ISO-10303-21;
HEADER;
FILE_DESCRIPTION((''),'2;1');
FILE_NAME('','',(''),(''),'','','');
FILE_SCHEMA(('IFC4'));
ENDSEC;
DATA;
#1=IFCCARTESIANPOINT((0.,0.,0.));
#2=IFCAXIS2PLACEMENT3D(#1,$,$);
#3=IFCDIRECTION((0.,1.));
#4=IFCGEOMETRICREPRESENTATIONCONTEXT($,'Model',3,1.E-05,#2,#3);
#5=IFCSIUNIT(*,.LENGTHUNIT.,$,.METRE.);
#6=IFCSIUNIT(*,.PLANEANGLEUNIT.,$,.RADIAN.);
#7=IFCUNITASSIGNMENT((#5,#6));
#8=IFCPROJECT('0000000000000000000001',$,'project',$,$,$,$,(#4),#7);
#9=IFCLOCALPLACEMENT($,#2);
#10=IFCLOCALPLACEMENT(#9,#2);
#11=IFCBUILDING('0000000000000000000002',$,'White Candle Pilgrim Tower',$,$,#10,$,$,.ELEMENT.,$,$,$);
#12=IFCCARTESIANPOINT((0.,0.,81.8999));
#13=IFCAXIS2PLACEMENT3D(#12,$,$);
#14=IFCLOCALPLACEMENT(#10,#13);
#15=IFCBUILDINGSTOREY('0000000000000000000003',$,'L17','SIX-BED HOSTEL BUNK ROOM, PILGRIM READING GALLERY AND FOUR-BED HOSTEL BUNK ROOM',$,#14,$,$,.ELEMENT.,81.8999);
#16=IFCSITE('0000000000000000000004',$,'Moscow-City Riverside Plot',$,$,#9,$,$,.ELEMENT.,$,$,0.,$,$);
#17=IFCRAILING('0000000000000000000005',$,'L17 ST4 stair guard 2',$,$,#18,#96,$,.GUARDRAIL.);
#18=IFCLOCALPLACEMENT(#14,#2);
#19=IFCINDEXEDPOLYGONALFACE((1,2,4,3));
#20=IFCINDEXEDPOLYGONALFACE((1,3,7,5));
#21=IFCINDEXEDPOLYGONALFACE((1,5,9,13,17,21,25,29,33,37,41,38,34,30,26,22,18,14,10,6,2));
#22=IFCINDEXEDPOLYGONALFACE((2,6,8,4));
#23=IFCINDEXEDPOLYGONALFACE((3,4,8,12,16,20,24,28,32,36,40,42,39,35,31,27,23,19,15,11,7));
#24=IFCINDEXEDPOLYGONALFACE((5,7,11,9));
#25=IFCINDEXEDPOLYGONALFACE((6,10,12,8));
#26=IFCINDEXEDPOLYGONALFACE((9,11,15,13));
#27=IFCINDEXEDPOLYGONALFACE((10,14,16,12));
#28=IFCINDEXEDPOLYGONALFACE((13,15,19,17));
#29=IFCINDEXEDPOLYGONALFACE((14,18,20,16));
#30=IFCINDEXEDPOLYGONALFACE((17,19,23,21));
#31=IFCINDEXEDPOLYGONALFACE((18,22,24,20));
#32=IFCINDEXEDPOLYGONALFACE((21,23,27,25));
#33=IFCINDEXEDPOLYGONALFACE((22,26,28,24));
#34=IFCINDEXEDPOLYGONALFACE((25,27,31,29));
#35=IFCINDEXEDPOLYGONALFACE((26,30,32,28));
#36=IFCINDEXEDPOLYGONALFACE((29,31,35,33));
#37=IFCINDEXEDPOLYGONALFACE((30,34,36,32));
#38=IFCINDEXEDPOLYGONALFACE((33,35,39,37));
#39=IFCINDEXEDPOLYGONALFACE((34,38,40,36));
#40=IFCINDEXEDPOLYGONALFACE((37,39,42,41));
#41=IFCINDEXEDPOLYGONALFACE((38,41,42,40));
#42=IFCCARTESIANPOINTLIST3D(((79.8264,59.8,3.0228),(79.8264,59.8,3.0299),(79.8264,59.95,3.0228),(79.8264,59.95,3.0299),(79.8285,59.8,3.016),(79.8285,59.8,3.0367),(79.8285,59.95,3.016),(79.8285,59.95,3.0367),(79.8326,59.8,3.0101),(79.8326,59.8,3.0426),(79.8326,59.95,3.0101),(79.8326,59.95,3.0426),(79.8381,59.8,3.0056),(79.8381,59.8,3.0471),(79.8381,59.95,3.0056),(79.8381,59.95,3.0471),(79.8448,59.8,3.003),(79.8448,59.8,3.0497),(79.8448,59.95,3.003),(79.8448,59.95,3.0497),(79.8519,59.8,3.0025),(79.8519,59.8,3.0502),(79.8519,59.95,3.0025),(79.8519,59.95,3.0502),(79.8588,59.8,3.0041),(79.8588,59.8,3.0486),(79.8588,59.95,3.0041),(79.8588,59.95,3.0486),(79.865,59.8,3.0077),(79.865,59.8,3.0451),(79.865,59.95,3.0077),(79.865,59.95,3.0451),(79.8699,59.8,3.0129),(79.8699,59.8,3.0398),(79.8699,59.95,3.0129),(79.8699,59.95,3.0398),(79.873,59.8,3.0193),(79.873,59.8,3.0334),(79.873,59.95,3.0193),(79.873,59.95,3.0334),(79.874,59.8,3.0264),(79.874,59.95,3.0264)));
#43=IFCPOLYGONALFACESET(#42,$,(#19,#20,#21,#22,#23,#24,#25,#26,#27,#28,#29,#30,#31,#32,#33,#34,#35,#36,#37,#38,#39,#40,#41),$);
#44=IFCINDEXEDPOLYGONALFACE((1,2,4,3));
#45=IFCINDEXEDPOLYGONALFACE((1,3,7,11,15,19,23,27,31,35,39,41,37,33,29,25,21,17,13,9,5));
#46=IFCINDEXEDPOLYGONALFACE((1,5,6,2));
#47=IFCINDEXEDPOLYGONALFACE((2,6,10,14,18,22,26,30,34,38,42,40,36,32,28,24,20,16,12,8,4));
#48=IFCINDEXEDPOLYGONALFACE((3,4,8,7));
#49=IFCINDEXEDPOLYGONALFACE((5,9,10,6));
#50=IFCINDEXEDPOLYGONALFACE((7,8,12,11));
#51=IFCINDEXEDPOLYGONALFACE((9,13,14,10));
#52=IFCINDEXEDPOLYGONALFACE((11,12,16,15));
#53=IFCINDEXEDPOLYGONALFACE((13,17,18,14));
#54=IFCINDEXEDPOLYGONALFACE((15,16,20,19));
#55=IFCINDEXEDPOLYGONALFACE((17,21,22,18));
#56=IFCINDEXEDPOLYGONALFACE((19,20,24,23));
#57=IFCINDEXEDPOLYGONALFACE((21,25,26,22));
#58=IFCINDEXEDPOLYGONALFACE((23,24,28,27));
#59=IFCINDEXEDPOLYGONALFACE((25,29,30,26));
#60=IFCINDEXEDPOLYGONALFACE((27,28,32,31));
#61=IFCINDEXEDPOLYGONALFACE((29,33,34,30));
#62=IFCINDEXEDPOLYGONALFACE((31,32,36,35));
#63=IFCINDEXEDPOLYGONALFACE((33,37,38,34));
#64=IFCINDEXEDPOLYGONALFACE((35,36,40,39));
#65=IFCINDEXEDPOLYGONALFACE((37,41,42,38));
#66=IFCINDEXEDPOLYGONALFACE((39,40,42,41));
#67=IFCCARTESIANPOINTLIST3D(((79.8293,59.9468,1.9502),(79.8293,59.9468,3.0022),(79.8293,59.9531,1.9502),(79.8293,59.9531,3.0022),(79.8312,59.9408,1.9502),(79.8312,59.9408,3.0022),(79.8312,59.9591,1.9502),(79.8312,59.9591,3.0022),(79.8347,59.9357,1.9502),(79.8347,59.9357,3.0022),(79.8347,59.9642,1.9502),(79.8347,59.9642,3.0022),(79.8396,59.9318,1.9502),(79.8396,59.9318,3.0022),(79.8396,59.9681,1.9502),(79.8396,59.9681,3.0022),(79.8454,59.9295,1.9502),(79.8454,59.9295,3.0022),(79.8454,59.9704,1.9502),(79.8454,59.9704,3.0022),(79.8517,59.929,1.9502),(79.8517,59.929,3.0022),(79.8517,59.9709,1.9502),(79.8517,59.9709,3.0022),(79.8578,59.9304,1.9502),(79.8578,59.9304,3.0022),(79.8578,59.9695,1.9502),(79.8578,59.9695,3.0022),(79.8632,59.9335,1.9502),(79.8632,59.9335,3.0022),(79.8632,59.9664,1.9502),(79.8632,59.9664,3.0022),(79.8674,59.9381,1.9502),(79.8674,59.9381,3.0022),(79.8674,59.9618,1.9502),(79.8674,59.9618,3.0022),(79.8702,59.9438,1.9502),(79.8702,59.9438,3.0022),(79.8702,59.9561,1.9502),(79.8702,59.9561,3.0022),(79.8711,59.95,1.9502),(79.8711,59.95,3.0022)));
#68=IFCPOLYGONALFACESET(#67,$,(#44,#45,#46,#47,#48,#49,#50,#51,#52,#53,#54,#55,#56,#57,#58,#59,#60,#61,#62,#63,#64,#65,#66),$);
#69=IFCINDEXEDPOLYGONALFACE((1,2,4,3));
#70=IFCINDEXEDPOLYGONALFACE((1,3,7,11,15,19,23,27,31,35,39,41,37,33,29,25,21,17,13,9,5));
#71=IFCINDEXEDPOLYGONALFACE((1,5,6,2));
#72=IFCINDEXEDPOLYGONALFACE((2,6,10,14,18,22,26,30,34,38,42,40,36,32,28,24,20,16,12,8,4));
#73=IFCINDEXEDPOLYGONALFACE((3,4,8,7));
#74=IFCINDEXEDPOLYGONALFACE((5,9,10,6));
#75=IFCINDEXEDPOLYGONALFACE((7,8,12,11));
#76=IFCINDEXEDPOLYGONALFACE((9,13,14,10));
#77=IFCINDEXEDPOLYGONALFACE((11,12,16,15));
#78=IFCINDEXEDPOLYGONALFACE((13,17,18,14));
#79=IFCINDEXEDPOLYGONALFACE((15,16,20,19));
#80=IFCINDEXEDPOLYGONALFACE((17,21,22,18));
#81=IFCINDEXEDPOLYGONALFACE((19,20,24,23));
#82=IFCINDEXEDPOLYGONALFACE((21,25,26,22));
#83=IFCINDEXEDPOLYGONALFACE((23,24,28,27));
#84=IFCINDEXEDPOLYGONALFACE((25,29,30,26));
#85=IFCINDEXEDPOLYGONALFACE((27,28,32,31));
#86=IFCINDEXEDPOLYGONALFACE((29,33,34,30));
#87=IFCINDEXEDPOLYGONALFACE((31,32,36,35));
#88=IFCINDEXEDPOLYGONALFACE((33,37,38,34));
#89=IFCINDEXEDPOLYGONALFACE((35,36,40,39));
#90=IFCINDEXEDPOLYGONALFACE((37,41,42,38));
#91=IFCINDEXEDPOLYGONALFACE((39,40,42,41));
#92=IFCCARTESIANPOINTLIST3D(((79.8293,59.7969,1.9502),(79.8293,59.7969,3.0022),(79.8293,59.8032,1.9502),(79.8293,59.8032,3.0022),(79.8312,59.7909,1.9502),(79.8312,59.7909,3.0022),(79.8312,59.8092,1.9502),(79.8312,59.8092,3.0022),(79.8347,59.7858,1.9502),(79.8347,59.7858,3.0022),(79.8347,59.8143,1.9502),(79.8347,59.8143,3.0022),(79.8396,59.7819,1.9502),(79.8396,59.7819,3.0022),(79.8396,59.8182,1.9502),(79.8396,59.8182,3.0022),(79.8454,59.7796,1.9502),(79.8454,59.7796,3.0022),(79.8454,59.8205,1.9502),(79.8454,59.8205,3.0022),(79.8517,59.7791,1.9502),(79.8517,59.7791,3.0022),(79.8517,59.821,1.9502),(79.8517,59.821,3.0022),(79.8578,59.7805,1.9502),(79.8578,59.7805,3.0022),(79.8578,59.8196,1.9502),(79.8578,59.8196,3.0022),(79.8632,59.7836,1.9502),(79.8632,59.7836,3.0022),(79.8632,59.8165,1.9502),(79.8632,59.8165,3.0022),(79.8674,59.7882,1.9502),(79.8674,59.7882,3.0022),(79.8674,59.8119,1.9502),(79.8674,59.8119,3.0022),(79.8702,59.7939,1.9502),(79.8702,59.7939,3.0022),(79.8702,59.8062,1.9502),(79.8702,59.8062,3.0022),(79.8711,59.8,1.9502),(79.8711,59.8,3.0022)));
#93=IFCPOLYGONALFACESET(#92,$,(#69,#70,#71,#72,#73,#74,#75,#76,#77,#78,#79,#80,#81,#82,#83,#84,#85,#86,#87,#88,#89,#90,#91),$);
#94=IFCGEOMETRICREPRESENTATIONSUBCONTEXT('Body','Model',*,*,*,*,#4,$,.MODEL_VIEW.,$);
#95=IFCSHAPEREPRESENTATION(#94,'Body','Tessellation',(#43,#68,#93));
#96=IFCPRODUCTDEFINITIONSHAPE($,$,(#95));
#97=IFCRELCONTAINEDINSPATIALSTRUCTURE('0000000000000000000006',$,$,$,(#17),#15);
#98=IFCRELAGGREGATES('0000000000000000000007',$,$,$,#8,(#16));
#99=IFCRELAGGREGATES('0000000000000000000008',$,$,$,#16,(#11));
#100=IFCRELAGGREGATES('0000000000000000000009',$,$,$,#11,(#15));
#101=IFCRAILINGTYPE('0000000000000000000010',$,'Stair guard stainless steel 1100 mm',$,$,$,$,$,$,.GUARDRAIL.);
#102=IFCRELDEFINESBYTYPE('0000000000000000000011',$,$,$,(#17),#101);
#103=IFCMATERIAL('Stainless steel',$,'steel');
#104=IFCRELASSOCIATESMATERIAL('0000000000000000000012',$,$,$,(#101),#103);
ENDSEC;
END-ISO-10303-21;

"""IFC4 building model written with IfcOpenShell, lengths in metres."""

from ifc_helpers import new_model, si_unit, direction, frame, origin, origin_2d, place, context, subcontext, project, spatial, circle, extrude, material, type_object, element, save


model = new_model("IFC4")

# Units and contexts
model_context = context("Model", 3, precision=1e-05, world=origin(), true_north=direction((0.0, 1.0)))
body_context = subcontext(model_context, "Body", "Model", "MODEL_VIEW")
ifc_project = project(units=[si_unit("LENGTHUNIT", "METRE"), si_unit("PLANEANGLEUNIT", "RADIAN")], contexts=[model_context])

# Site, building, storey
site_placement = place(None, origin())
site = spatial("IfcSite", under=ifc_project, at=site_placement, Name="Moscow-City Riverside Plot", CompositionType="ELEMENT", RefElevation=0.0)
building_placement = place(site_placement, origin())
building = spatial("IfcBuilding", under=site, at=building_placement, Name="White Candle Pilgrim Tower", CompositionType="ELEMENT")
storey_placement = place(building_placement, frame((0.0, 0.0, 81.8999)))
storey = spatial("IfcBuildingStorey", under=building, at=storey_placement, Name="L17", Description="SIX-BED HOSTEL BUNK ROOM, PILGRIM READING GALLERY AND FOUR-BED HOSTEL BUNK ROOM", CompositionType="ELEMENT", Elevation=81.8999)

# Railing
ifc_material_1 = material(Name="Stainless steel", Category="steel")
railing_type_1 = type_object("IfcRailingType", Name="Stair guard stainless steel 1100 mm", PredefinedType="GUARDRAIL", material=ifc_material_1)
railing_1_placement = place(storey_placement, frame((79.8501, 59.95, 1.9502)))
element("IfcRailing", 1, at=railing_1_placement, inside=storey, type_object=railing_type_1, Name="L17 ST4 stair guard 2", PredefinedType="GUARDRAIL", context=body_context, shape_type="SweptSolid", body=[
    extrude(circle(Radius=0.0239, at=origin_2d()), frame((0.0, 0.0, 1.0762), z_axis=(0.0, -1.0, 0.0), x_axis=(1.0, 0.0, 0.0)), (0.0, 0.0, 1.0), 0.1499),
    extrude(circle(Radius=0.021, at=origin_2d()), origin(), (0.0, 0.0, 1.0), 1.052),
    extrude(circle(Radius=0.021, at=origin_2d()), frame((0.0, -0.1499, 0.0)), (0.0, 0.0, 1.0), 1.052),
])

save(model, "model.ifc")
